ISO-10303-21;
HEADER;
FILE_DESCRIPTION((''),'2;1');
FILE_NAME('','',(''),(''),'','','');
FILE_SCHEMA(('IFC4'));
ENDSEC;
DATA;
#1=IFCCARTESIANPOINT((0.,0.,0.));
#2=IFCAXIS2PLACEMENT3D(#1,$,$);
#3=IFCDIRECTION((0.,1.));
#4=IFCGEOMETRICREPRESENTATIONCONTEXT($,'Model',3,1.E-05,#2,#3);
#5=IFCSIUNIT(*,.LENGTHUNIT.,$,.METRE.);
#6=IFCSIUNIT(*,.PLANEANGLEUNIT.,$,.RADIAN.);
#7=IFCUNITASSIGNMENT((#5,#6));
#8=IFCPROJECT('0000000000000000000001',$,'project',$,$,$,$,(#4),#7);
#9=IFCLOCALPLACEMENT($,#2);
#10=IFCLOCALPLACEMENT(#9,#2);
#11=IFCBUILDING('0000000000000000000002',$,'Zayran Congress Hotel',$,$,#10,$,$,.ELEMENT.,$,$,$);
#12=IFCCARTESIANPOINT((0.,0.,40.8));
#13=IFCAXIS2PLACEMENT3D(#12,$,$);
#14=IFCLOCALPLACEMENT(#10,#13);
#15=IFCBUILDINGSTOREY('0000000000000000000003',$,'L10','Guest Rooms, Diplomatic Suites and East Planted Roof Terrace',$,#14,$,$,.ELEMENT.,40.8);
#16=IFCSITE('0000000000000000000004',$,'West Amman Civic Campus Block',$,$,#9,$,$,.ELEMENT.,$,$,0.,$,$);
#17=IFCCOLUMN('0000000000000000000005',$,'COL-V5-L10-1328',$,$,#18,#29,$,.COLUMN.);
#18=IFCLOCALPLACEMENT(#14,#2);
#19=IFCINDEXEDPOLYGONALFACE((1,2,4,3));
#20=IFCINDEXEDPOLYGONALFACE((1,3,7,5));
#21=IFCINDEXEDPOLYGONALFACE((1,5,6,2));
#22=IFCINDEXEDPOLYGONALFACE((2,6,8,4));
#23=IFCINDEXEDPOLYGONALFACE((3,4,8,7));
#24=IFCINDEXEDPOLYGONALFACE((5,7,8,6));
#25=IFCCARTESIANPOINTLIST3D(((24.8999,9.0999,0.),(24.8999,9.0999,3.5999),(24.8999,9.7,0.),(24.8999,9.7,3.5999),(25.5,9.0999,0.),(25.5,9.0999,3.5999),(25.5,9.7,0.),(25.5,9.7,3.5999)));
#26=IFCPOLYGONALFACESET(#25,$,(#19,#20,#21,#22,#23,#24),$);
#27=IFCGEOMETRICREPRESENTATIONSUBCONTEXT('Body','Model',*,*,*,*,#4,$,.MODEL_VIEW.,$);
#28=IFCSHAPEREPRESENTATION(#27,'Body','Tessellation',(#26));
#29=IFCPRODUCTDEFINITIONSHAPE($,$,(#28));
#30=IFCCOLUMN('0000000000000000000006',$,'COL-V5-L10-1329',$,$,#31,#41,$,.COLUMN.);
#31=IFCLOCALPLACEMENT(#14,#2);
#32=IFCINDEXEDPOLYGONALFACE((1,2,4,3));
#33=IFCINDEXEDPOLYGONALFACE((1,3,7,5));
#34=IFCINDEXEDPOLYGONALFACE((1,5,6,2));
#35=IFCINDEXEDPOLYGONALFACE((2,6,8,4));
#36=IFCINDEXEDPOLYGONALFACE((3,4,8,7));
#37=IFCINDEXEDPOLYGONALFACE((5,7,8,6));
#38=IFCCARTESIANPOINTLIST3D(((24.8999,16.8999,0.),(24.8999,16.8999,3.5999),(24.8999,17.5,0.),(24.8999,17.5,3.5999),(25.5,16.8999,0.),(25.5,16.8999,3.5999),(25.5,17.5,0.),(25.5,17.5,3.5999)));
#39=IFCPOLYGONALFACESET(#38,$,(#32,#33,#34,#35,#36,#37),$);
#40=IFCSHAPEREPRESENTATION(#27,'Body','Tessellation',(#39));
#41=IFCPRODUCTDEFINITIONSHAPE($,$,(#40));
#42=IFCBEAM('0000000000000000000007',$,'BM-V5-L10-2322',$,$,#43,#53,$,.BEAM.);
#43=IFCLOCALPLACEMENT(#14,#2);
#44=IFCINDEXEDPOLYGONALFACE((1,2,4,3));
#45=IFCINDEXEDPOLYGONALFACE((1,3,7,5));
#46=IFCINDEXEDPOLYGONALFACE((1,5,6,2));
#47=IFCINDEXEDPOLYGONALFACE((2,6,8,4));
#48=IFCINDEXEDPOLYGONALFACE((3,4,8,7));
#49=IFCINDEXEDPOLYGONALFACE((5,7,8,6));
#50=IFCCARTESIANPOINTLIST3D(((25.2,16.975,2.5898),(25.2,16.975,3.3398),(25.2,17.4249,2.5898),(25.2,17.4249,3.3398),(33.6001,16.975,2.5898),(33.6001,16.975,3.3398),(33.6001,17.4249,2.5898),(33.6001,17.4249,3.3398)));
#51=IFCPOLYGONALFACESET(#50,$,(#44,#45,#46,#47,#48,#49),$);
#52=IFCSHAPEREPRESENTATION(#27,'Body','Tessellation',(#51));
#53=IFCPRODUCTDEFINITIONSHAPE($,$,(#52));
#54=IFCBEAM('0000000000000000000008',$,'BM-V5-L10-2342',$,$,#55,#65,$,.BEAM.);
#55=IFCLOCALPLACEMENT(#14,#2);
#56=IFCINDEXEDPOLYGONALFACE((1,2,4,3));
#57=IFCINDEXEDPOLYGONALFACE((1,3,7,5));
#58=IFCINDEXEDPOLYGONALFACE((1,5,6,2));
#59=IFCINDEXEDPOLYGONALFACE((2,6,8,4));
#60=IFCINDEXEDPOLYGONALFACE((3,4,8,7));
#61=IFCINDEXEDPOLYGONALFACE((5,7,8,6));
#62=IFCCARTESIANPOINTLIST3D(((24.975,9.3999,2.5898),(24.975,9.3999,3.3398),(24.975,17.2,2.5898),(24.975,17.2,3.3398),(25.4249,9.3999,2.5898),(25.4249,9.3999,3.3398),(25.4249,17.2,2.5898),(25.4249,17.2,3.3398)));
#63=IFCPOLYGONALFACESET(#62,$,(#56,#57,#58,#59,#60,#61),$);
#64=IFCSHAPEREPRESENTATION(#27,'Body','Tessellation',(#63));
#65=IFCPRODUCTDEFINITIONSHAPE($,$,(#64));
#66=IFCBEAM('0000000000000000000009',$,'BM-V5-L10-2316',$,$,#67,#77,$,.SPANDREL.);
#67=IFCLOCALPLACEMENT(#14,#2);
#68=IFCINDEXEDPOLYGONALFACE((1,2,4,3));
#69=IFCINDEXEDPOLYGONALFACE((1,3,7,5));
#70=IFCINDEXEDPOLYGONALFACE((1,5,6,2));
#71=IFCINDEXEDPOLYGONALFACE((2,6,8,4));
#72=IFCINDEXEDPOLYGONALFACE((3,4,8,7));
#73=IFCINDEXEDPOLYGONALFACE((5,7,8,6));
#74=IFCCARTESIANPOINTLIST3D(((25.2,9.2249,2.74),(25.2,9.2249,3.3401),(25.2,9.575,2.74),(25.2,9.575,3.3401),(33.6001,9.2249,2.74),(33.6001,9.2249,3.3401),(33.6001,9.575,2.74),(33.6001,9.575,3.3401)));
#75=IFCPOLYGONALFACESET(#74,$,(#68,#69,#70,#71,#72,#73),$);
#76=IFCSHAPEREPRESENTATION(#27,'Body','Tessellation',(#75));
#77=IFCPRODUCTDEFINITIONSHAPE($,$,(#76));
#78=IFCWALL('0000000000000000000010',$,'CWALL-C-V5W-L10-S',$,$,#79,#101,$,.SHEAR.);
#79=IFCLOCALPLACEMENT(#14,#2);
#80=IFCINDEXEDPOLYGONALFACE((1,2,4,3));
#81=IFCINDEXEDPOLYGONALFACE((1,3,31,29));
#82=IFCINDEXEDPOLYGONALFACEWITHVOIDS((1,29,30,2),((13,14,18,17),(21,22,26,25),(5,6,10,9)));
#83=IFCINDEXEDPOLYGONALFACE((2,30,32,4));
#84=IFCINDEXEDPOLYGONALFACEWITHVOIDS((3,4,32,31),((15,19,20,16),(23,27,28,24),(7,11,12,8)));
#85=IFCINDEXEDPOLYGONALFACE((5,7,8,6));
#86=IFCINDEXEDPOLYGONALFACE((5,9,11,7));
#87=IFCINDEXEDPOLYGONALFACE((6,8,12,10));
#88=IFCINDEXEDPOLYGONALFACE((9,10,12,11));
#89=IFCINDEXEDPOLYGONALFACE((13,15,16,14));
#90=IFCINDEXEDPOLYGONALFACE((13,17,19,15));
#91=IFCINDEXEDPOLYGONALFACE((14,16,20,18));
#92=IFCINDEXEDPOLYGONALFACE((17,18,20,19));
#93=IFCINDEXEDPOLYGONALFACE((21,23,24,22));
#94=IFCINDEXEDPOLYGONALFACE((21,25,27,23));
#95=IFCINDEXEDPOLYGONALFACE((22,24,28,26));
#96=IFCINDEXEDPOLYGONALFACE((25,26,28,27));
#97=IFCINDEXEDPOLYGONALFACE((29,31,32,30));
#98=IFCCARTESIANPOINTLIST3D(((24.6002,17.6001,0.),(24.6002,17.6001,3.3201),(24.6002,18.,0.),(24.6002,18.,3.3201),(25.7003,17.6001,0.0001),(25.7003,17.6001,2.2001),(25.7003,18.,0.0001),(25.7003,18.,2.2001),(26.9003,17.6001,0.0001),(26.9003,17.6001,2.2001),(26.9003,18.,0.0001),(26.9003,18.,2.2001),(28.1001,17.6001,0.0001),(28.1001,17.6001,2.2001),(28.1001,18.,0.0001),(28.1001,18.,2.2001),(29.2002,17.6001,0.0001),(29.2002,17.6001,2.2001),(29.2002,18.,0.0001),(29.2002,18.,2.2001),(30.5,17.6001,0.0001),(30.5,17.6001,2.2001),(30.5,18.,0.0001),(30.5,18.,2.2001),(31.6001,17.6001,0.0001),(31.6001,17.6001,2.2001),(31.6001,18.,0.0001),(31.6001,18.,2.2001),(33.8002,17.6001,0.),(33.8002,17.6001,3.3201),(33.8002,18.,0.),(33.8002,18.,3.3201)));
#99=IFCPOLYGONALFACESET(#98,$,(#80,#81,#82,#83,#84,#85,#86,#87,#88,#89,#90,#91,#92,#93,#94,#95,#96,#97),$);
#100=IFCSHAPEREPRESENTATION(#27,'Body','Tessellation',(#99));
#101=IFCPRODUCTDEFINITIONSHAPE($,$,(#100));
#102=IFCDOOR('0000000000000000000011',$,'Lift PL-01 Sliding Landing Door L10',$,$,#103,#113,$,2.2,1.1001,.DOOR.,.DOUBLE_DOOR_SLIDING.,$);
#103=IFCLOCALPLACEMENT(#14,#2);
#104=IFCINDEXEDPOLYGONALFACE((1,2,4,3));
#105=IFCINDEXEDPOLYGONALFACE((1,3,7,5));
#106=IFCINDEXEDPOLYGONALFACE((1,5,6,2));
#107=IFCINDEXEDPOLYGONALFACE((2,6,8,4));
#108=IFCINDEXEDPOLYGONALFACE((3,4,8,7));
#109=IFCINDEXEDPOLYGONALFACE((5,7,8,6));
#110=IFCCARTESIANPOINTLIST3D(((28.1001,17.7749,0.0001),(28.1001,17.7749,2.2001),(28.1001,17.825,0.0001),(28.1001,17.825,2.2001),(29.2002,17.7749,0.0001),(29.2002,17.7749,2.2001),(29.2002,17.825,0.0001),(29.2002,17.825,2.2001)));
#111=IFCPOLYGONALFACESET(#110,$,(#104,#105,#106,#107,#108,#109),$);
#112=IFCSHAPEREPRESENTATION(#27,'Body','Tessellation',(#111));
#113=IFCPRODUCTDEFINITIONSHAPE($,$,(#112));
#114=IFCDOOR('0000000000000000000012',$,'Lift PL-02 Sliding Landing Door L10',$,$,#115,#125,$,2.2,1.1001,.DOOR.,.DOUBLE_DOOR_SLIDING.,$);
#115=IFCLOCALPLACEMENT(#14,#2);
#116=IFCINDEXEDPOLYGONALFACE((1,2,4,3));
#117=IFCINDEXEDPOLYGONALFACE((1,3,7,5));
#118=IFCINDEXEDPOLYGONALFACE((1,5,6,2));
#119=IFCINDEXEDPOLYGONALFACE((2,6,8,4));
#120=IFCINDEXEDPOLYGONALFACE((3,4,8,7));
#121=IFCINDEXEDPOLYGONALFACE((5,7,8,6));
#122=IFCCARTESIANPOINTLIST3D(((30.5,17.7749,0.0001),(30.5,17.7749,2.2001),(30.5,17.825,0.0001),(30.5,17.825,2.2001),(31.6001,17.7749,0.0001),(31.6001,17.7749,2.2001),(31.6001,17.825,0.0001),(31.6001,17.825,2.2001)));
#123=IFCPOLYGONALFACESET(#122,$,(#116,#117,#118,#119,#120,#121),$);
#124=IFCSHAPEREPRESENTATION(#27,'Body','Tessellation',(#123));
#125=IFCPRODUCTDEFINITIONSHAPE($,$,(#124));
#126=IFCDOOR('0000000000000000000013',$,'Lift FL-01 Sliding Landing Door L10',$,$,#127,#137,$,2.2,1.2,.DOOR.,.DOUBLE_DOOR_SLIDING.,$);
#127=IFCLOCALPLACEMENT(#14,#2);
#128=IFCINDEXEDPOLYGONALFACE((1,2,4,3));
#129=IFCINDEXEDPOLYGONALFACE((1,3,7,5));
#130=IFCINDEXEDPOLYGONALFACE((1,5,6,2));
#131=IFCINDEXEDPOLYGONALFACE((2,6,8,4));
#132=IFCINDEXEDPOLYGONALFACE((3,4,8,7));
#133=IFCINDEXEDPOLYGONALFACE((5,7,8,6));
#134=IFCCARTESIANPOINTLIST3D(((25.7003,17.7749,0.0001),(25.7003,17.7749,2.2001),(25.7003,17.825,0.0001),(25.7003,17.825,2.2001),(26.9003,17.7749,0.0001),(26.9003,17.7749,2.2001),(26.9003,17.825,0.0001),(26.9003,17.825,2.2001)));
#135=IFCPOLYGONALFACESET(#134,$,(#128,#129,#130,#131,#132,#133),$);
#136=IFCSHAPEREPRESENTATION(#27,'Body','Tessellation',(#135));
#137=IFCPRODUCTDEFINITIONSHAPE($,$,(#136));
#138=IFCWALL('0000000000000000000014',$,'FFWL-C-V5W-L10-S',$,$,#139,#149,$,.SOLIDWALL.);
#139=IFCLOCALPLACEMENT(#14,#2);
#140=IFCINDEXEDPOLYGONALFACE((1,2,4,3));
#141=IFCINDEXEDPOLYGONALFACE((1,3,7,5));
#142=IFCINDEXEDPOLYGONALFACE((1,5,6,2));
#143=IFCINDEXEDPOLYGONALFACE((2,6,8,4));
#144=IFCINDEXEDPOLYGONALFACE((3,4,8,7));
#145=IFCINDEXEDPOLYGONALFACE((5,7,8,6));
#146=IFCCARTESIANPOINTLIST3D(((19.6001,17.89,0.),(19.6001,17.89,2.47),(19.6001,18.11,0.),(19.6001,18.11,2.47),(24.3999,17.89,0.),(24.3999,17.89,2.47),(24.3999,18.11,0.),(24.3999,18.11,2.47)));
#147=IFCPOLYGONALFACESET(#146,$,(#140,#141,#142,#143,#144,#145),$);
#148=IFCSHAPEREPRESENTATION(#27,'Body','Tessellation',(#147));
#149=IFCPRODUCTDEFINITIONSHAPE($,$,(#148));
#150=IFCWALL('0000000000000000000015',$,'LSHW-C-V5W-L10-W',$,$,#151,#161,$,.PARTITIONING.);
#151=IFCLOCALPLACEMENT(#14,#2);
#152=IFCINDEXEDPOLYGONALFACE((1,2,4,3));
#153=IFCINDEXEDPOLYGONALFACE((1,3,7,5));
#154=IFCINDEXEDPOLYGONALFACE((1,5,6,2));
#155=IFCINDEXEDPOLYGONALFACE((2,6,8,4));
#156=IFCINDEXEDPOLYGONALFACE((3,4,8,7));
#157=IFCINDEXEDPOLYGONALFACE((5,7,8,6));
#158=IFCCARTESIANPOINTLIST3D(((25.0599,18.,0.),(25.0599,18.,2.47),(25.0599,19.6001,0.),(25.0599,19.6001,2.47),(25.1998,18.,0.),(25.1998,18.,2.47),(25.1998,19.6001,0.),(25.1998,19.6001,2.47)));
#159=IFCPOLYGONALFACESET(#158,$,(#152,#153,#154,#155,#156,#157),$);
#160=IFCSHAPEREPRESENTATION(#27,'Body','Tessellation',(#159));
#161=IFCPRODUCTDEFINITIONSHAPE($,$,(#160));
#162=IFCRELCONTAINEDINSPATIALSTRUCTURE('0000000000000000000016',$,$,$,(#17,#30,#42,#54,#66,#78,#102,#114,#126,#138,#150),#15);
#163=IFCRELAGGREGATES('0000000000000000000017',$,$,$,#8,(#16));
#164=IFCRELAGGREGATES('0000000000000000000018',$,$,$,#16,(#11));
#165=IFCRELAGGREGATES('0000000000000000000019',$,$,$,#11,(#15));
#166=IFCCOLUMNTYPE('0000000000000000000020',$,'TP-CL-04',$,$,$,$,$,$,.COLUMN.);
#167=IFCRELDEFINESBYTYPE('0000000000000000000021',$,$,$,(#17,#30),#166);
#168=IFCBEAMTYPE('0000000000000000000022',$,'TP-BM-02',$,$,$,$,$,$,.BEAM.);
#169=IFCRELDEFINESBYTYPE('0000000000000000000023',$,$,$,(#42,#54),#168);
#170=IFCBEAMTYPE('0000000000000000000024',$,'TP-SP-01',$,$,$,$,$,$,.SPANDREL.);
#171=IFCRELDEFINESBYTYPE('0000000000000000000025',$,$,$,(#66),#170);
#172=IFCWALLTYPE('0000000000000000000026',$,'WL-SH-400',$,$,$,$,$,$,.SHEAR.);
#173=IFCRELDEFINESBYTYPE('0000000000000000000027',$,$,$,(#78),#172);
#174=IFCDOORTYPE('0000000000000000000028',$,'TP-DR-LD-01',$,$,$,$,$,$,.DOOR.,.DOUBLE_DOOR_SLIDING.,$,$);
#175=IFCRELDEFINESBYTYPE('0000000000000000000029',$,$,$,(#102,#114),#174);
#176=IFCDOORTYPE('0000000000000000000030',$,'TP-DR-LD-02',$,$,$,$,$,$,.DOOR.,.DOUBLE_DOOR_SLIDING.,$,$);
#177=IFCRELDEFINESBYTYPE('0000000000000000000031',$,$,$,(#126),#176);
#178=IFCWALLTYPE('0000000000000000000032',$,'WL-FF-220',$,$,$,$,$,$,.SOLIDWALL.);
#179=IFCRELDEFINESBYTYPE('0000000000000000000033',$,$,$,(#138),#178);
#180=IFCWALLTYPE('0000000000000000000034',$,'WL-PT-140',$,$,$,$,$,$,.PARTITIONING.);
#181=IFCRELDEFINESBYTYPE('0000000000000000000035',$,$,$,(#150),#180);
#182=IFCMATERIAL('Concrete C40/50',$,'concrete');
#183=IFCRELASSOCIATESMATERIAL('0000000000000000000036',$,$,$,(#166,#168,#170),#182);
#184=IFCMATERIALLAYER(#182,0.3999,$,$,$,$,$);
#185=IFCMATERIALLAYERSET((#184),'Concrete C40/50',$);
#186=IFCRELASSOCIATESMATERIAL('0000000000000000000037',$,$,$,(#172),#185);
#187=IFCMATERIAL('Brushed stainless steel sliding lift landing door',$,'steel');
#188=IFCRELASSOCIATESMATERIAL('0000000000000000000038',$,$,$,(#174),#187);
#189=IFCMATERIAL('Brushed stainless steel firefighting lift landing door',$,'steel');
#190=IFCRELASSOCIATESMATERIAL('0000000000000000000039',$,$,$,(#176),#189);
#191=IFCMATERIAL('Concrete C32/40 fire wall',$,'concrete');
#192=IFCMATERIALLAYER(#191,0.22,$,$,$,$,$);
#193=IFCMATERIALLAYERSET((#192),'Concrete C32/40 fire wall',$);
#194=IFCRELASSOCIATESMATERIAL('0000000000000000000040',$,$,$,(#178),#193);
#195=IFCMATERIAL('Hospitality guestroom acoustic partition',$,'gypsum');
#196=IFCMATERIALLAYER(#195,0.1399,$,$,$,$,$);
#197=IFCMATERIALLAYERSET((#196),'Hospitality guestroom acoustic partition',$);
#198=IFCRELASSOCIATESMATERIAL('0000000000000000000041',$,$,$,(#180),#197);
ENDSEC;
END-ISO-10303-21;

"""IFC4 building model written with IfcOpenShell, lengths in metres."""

from ifc_helpers import new_model, si_unit, direction, frame, frame_2d, origin, origin_2d, place, context, subcontext, project, spatial, rectangle, extrude, material, layer, layer_set, material_profile, profile_set, type_object, element, fill, save


model = new_model("IFC4")

# Units and contexts
model_context = context("Model", 3, precision=1e-05, world=origin(), true_north=direction((0.0, 1.0)))
body_context = subcontext(model_context, "Body", "Model", "MODEL_VIEW")
ifc_project = project(units=[si_unit("LENGTHUNIT", "METRE"), si_unit("PLANEANGLEUNIT", "RADIAN")], contexts=[model_context])

# Site, building, storey
site_placement = place(None, origin())
site = spatial("IfcSite", under=ifc_project, at=site_placement, Name="West Amman Civic Campus Block", CompositionType="ELEMENT", RefElevation=0.0)
building_placement = place(site_placement, origin())
building = spatial("IfcBuilding", under=site, at=building_placement, Name="Zayran Congress Hotel", CompositionType="ELEMENT")
storey_placement = place(building_placement, frame((0.0, 0.0, 40.8)))
storey = spatial("IfcBuildingStorey", under=building, at=storey_placement, Name="L10", Description="Guest Rooms, Diplomatic Suites and East Planted Roof Terrace", CompositionType="ELEMENT", Elevation=40.8)

# Columns
ifc_material_1 = material(Name="Concrete C40/50", Category="concrete")
ifc_material_profile_1 = material_profile(ifc_material_1, rectangle(XDim=0.6001, YDim=0.6001, at=origin_2d()), Name="RC 600x600")
ifc_profile_set_1 = profile_set([ifc_material_profile_1], Name="Concrete C40/50")
column_type = type_object("IfcColumnType", Name="TP-CL-04", PredefinedType="COLUMN", material=ifc_profile_set_1)
for number, where, z_axis, x_axis, name in (
    (1, (25.2, 9.3999, 0.0), (0.0, 0.0, 1.0), (1.0, 0.0, 0.0), "COL-V5-L10-1328"),
    (2, (25.2, 17.2, 0.0), (0.0, 0.0, 1.0), (1.0, 0.0, 0.0), "COL-V5-L10-1329"),
):
    element("IfcColumn", number, at=place(storey_placement, frame(where, z_axis=z_axis, x_axis=x_axis)), inside=storey, type_object=column_type, Name=name, PredefinedType="COLUMN", context=body_context, shape_type="SweptSolid", body=[
        extrude(rectangle(XDim=0.6001, YDim=0.6001, at=origin_2d()), origin(), (0.0, 0.0, 1.0), 3.5999),
    ])

# Beams
ifc_material_profile_2 = material_profile(ifc_material_1, rectangle(XDim=0.45, YDim=0.75, at=origin_2d()), Name="RC 450x750")
ifc_profile_set_2 = profile_set([ifc_material_profile_2], Name="Concrete C40/50")
beam_type_1 = type_object("IfcBeamType", Name="TP-BM-02", PredefinedType="BEAM", material=ifc_profile_set_2)
beam_1_placement = place(storey_placement, frame((25.2, 17.2, 2.9648), z_axis=(1.0, 0.0, 0.0), x_axis=(0.0, 1.0, 0.0)))
element("IfcBeam", 3, at=beam_1_placement, inside=storey, type_object=beam_type_1, Name="BM-V5-L10-2322", PredefinedType="BEAM", context=body_context, shape_type="SweptSolid", body=[
    extrude(rectangle(XDim=0.45, YDim=0.75, at=origin_2d()), origin(), (0.0, 0.0, 1.0), 8.4001),
])
beam_2_placement = place(storey_placement, frame((25.2, 9.3999, 2.9648), z_axis=(0.0, 1.0, 0.0), x_axis=(-1.0, 0.0, 0.0)))
element("IfcBeam", 4, at=beam_2_placement, inside=storey, type_object=beam_type_1, Name="BM-V5-L10-2342", PredefinedType="BEAM", context=body_context, shape_type="SweptSolid", body=[
    extrude(rectangle(XDim=0.45, YDim=0.75, at=origin_2d()), origin(), (0.0, 0.0, 1.0), 7.8),
])
ifc_material_profile_3 = material_profile(ifc_material_1, rectangle(XDim=0.3501, YDim=0.6001, at=origin_2d()), Name="RC 350x600")
ifc_profile_set_3 = profile_set([ifc_material_profile_3], Name="Concrete C40/50")
beam_type_2 = type_object("IfcBeamType", Name="TP-SP-01", PredefinedType="SPANDREL", material=ifc_profile_set_3)
beam_3_placement = place(storey_placement, frame((25.2, 9.3999, 3.04), z_axis=(1.0, 0.0, 0.0), x_axis=(0.0, 1.0, 0.0)))
element("IfcBeam", 5, at=beam_3_placement, inside=storey, type_object=beam_type_2, Name="BM-V5-L10-2316", PredefinedType="SPANDREL", context=body_context, shape_type="SweptSolid", body=[
    extrude(rectangle(XDim=0.3501, YDim=0.6001, at=origin_2d()), origin(), (0.0, 0.0, 1.0), 8.4001),
])

# Wall, openings, doors
ifc_layer_1 = layer(ifc_material_1, 0.3999)
ifc_layer_set_1 = layer_set([ifc_layer_1], Name="Concrete C40/50")
wall_type_1 = type_object("IfcWallType", Name="WL-SH-400", PredefinedType="SHEAR", material=ifc_layer_set_1)
wall_1_placement = place(storey_placement, frame((24.6001, 17.8, 0.0), z_axis=(0.0, 0.0, 1.0), x_axis=(1.0, 0.0, 0.0)))
wall_1 = element("IfcWall", 6, at=wall_1_placement, inside=storey, type_object=wall_type_1, Name="CWALL-C-V5W-L10-S", PredefinedType="SHEAR", context=body_context, shape_type="SweptSolid", body=[
    extrude(rectangle(XDim=9.2, YDim=0.3999, at=frame_2d((4.6001, 0.0))), origin(), (0.0, 0.0, 1.0), 3.3201),
])
opening_1_placement = place(wall_1_placement, frame((1.1001, 0.0, 0.0)))
opening_1 = element("IfcOpeningElement", 7, at=opening_1_placement, cuts=wall_1, PredefinedType="OPENING", context=body_context, shape_type="SweptSolid", body=[
    extrude(rectangle(XDim=1.2, YDim=2.2, at=frame_2d((0.6001, 1.1001))), frame((0.0, 0.21, 0.0), z_axis=(0.0, -1.0, 0.0), x_axis=(1.0, 0.0, 0.0)), (0.0, 0.0, 1.0), 0.4199),
])
opening_2_placement = place(wall_1_placement, frame((3.5, 0.0, 0.0)))
opening_2 = element("IfcOpeningElement", 8, at=opening_2_placement, cuts=wall_1, PredefinedType="OPENING", context=body_context, shape_type="SweptSolid", body=[
    extrude(rectangle(XDim=1.1001, YDim=2.2, at=frame_2d((0.55, 1.1001))), frame((0.0, 0.21, 0.0), z_axis=(0.0, -1.0, 0.0), x_axis=(1.0, 0.0, 0.0)), (0.0, 0.0, 1.0), 0.4199),
])
opening_3_placement = place(wall_1_placement, frame((5.8999, 0.0, 0.0)))
opening_3 = element("IfcOpeningElement", 9, at=opening_3_placement, cuts=wall_1, PredefinedType="OPENING", context=body_context, shape_type="SweptSolid", body=[
    extrude(rectangle(XDim=1.1001, YDim=2.2, at=frame_2d((0.55, 1.1001))), frame((0.0, 0.21, 0.0), z_axis=(0.0, -1.0, 0.0), x_axis=(1.0, 0.0, 0.0)), (0.0, 0.0, 1.0), 0.4199),
])
ifc_material_2 = material(Name="Brushed stainless steel sliding lift landing door", Category="steel")
door_type_1 = type_object("IfcDoorType", Name="TP-DR-LD-01", OperationType="DOUBLE_DOOR_SLIDING", PredefinedType="DOOR", material=ifc_material_2)
door_1_placement = place(opening_2_placement, origin())
door_1 = element("IfcDoor", 10, at=door_1_placement, inside=storey, type_object=door_type_1, Name="Lift PL-01 Sliding Landing Door L10", OperationType="DOUBLE_DOOR_SLIDING", OverallHeight=2.2, OverallWidth=1.1001, PredefinedType="DOOR", context=body_context, shape_type="SweptSolid", body=[
    extrude(rectangle(XDim=1.1001, YDim=2.2, at=frame_2d((0.55, 1.1001))), frame((0.0, 0.0249, 0.0), z_axis=(0.0, -1.0, 0.0), x_axis=(1.0, 0.0, 0.0)), (0.0, 0.0, 1.0), 0.05),
])
fill(opening_2, door_1)
door_2_placement = place(opening_3_placement, origin())
door_2 = element("IfcDoor", 11, at=door_2_placement, inside=storey, type_object=door_type_1, Name="Lift PL-02 Sliding Landing Door L10", OperationType="DOUBLE_DOOR_SLIDING", OverallHeight=2.2, OverallWidth=1.1001, PredefinedType="DOOR", context=body_context, shape_type="SweptSolid", body=[
    extrude(rectangle(XDim=1.1001, YDim=2.2, at=frame_2d((0.55, 1.1001))), frame((0.0, 0.0249, 0.0), z_axis=(0.0, -1.0, 0.0), x_axis=(1.0, 0.0, 0.0)), (0.0, 0.0, 1.0), 0.05),
])
fill(opening_3, door_2)
ifc_material_3 = material(Name="Brushed stainless steel firefighting lift landing door", Category="steel")
door_type_2 = type_object("IfcDoorType", Name="TP-DR-LD-02", OperationType="DOUBLE_DOOR_SLIDING", PredefinedType="DOOR", material=ifc_material_3)
door_3_placement = place(opening_1_placement, origin())
door_3 = element("IfcDoor", 12, at=door_3_placement, inside=storey, type_object=door_type_2, Name="Lift FL-01 Sliding Landing Door L10", OperationType="DOUBLE_DOOR_SLIDING", OverallHeight=2.2, OverallWidth=1.2, PredefinedType="DOOR", context=body_context, shape_type="SweptSolid", body=[
    extrude(rectangle(XDim=1.2, YDim=2.2, at=frame_2d((0.6001, 1.1001))), frame((0.0, 0.0249, 0.0), z_axis=(0.0, -1.0, 0.0), x_axis=(1.0, 0.0, 0.0)), (0.0, 0.0, 1.0), 0.05),
])
fill(opening_1, door_3)

# Walls
ifc_material_4 = material(Name="Concrete C32/40 fire wall", Category="concrete")
ifc_layer_2 = layer(ifc_material_4, 0.22)
ifc_layer_set_2 = layer_set([ifc_layer_2], Name="Concrete C32/40 fire wall")
wall_type_2 = type_object("IfcWallType", Name="WL-FF-220", PredefinedType="SOLIDWALL", material=ifc_layer_set_2)
wall_2_placement = place(storey_placement, frame((19.6001, 18.0, 0.0), z_axis=(0.0, 0.0, 1.0), x_axis=(1.0, 0.0, 0.0)))
element("IfcWall", 13, at=wall_2_placement, inside=storey, type_object=wall_type_2, Name="FFWL-C-V5W-L10-S", PredefinedType="SOLIDWALL", context=body_context, shape_type="SweptSolid", body=[
    extrude(rectangle(XDim=4.7998, YDim=0.22, at=frame_2d((2.3999, 0.0))), origin(), (0.0, 0.0, 1.0), 2.47),
])
ifc_material_5 = material(Name="Hospitality guestroom acoustic partition", Category="gypsum")
ifc_layer_3 = layer(ifc_material_5, 0.1399)
ifc_layer_set_3 = layer_set([ifc_layer_3], Name="Hospitality guestroom acoustic partition")
wall_type_3 = type_object("IfcWallType", Name="WL-PT-140", PredefinedType="PARTITIONING", material=ifc_layer_set_3)
wall_3_placement = place(storey_placement, frame((25.1299, 18.0, 0.0), z_axis=(0.0, 0.0, 1.0), x_axis=(0.0, 1.0, 0.0)))
element("IfcWall", 14, at=wall_3_placement, inside=storey, type_object=wall_type_3, Name="LSHW-C-V5W-L10-W", PredefinedType="PARTITIONING", context=body_context, shape_type="SweptSolid", body=[
    extrude(rectangle(XDim=1.6001, YDim=0.1399, at=frame_2d((0.8, 0.0))), origin(), (0.0, 0.0, 1.0), 2.47),
])

save(model, "model.ifc")
